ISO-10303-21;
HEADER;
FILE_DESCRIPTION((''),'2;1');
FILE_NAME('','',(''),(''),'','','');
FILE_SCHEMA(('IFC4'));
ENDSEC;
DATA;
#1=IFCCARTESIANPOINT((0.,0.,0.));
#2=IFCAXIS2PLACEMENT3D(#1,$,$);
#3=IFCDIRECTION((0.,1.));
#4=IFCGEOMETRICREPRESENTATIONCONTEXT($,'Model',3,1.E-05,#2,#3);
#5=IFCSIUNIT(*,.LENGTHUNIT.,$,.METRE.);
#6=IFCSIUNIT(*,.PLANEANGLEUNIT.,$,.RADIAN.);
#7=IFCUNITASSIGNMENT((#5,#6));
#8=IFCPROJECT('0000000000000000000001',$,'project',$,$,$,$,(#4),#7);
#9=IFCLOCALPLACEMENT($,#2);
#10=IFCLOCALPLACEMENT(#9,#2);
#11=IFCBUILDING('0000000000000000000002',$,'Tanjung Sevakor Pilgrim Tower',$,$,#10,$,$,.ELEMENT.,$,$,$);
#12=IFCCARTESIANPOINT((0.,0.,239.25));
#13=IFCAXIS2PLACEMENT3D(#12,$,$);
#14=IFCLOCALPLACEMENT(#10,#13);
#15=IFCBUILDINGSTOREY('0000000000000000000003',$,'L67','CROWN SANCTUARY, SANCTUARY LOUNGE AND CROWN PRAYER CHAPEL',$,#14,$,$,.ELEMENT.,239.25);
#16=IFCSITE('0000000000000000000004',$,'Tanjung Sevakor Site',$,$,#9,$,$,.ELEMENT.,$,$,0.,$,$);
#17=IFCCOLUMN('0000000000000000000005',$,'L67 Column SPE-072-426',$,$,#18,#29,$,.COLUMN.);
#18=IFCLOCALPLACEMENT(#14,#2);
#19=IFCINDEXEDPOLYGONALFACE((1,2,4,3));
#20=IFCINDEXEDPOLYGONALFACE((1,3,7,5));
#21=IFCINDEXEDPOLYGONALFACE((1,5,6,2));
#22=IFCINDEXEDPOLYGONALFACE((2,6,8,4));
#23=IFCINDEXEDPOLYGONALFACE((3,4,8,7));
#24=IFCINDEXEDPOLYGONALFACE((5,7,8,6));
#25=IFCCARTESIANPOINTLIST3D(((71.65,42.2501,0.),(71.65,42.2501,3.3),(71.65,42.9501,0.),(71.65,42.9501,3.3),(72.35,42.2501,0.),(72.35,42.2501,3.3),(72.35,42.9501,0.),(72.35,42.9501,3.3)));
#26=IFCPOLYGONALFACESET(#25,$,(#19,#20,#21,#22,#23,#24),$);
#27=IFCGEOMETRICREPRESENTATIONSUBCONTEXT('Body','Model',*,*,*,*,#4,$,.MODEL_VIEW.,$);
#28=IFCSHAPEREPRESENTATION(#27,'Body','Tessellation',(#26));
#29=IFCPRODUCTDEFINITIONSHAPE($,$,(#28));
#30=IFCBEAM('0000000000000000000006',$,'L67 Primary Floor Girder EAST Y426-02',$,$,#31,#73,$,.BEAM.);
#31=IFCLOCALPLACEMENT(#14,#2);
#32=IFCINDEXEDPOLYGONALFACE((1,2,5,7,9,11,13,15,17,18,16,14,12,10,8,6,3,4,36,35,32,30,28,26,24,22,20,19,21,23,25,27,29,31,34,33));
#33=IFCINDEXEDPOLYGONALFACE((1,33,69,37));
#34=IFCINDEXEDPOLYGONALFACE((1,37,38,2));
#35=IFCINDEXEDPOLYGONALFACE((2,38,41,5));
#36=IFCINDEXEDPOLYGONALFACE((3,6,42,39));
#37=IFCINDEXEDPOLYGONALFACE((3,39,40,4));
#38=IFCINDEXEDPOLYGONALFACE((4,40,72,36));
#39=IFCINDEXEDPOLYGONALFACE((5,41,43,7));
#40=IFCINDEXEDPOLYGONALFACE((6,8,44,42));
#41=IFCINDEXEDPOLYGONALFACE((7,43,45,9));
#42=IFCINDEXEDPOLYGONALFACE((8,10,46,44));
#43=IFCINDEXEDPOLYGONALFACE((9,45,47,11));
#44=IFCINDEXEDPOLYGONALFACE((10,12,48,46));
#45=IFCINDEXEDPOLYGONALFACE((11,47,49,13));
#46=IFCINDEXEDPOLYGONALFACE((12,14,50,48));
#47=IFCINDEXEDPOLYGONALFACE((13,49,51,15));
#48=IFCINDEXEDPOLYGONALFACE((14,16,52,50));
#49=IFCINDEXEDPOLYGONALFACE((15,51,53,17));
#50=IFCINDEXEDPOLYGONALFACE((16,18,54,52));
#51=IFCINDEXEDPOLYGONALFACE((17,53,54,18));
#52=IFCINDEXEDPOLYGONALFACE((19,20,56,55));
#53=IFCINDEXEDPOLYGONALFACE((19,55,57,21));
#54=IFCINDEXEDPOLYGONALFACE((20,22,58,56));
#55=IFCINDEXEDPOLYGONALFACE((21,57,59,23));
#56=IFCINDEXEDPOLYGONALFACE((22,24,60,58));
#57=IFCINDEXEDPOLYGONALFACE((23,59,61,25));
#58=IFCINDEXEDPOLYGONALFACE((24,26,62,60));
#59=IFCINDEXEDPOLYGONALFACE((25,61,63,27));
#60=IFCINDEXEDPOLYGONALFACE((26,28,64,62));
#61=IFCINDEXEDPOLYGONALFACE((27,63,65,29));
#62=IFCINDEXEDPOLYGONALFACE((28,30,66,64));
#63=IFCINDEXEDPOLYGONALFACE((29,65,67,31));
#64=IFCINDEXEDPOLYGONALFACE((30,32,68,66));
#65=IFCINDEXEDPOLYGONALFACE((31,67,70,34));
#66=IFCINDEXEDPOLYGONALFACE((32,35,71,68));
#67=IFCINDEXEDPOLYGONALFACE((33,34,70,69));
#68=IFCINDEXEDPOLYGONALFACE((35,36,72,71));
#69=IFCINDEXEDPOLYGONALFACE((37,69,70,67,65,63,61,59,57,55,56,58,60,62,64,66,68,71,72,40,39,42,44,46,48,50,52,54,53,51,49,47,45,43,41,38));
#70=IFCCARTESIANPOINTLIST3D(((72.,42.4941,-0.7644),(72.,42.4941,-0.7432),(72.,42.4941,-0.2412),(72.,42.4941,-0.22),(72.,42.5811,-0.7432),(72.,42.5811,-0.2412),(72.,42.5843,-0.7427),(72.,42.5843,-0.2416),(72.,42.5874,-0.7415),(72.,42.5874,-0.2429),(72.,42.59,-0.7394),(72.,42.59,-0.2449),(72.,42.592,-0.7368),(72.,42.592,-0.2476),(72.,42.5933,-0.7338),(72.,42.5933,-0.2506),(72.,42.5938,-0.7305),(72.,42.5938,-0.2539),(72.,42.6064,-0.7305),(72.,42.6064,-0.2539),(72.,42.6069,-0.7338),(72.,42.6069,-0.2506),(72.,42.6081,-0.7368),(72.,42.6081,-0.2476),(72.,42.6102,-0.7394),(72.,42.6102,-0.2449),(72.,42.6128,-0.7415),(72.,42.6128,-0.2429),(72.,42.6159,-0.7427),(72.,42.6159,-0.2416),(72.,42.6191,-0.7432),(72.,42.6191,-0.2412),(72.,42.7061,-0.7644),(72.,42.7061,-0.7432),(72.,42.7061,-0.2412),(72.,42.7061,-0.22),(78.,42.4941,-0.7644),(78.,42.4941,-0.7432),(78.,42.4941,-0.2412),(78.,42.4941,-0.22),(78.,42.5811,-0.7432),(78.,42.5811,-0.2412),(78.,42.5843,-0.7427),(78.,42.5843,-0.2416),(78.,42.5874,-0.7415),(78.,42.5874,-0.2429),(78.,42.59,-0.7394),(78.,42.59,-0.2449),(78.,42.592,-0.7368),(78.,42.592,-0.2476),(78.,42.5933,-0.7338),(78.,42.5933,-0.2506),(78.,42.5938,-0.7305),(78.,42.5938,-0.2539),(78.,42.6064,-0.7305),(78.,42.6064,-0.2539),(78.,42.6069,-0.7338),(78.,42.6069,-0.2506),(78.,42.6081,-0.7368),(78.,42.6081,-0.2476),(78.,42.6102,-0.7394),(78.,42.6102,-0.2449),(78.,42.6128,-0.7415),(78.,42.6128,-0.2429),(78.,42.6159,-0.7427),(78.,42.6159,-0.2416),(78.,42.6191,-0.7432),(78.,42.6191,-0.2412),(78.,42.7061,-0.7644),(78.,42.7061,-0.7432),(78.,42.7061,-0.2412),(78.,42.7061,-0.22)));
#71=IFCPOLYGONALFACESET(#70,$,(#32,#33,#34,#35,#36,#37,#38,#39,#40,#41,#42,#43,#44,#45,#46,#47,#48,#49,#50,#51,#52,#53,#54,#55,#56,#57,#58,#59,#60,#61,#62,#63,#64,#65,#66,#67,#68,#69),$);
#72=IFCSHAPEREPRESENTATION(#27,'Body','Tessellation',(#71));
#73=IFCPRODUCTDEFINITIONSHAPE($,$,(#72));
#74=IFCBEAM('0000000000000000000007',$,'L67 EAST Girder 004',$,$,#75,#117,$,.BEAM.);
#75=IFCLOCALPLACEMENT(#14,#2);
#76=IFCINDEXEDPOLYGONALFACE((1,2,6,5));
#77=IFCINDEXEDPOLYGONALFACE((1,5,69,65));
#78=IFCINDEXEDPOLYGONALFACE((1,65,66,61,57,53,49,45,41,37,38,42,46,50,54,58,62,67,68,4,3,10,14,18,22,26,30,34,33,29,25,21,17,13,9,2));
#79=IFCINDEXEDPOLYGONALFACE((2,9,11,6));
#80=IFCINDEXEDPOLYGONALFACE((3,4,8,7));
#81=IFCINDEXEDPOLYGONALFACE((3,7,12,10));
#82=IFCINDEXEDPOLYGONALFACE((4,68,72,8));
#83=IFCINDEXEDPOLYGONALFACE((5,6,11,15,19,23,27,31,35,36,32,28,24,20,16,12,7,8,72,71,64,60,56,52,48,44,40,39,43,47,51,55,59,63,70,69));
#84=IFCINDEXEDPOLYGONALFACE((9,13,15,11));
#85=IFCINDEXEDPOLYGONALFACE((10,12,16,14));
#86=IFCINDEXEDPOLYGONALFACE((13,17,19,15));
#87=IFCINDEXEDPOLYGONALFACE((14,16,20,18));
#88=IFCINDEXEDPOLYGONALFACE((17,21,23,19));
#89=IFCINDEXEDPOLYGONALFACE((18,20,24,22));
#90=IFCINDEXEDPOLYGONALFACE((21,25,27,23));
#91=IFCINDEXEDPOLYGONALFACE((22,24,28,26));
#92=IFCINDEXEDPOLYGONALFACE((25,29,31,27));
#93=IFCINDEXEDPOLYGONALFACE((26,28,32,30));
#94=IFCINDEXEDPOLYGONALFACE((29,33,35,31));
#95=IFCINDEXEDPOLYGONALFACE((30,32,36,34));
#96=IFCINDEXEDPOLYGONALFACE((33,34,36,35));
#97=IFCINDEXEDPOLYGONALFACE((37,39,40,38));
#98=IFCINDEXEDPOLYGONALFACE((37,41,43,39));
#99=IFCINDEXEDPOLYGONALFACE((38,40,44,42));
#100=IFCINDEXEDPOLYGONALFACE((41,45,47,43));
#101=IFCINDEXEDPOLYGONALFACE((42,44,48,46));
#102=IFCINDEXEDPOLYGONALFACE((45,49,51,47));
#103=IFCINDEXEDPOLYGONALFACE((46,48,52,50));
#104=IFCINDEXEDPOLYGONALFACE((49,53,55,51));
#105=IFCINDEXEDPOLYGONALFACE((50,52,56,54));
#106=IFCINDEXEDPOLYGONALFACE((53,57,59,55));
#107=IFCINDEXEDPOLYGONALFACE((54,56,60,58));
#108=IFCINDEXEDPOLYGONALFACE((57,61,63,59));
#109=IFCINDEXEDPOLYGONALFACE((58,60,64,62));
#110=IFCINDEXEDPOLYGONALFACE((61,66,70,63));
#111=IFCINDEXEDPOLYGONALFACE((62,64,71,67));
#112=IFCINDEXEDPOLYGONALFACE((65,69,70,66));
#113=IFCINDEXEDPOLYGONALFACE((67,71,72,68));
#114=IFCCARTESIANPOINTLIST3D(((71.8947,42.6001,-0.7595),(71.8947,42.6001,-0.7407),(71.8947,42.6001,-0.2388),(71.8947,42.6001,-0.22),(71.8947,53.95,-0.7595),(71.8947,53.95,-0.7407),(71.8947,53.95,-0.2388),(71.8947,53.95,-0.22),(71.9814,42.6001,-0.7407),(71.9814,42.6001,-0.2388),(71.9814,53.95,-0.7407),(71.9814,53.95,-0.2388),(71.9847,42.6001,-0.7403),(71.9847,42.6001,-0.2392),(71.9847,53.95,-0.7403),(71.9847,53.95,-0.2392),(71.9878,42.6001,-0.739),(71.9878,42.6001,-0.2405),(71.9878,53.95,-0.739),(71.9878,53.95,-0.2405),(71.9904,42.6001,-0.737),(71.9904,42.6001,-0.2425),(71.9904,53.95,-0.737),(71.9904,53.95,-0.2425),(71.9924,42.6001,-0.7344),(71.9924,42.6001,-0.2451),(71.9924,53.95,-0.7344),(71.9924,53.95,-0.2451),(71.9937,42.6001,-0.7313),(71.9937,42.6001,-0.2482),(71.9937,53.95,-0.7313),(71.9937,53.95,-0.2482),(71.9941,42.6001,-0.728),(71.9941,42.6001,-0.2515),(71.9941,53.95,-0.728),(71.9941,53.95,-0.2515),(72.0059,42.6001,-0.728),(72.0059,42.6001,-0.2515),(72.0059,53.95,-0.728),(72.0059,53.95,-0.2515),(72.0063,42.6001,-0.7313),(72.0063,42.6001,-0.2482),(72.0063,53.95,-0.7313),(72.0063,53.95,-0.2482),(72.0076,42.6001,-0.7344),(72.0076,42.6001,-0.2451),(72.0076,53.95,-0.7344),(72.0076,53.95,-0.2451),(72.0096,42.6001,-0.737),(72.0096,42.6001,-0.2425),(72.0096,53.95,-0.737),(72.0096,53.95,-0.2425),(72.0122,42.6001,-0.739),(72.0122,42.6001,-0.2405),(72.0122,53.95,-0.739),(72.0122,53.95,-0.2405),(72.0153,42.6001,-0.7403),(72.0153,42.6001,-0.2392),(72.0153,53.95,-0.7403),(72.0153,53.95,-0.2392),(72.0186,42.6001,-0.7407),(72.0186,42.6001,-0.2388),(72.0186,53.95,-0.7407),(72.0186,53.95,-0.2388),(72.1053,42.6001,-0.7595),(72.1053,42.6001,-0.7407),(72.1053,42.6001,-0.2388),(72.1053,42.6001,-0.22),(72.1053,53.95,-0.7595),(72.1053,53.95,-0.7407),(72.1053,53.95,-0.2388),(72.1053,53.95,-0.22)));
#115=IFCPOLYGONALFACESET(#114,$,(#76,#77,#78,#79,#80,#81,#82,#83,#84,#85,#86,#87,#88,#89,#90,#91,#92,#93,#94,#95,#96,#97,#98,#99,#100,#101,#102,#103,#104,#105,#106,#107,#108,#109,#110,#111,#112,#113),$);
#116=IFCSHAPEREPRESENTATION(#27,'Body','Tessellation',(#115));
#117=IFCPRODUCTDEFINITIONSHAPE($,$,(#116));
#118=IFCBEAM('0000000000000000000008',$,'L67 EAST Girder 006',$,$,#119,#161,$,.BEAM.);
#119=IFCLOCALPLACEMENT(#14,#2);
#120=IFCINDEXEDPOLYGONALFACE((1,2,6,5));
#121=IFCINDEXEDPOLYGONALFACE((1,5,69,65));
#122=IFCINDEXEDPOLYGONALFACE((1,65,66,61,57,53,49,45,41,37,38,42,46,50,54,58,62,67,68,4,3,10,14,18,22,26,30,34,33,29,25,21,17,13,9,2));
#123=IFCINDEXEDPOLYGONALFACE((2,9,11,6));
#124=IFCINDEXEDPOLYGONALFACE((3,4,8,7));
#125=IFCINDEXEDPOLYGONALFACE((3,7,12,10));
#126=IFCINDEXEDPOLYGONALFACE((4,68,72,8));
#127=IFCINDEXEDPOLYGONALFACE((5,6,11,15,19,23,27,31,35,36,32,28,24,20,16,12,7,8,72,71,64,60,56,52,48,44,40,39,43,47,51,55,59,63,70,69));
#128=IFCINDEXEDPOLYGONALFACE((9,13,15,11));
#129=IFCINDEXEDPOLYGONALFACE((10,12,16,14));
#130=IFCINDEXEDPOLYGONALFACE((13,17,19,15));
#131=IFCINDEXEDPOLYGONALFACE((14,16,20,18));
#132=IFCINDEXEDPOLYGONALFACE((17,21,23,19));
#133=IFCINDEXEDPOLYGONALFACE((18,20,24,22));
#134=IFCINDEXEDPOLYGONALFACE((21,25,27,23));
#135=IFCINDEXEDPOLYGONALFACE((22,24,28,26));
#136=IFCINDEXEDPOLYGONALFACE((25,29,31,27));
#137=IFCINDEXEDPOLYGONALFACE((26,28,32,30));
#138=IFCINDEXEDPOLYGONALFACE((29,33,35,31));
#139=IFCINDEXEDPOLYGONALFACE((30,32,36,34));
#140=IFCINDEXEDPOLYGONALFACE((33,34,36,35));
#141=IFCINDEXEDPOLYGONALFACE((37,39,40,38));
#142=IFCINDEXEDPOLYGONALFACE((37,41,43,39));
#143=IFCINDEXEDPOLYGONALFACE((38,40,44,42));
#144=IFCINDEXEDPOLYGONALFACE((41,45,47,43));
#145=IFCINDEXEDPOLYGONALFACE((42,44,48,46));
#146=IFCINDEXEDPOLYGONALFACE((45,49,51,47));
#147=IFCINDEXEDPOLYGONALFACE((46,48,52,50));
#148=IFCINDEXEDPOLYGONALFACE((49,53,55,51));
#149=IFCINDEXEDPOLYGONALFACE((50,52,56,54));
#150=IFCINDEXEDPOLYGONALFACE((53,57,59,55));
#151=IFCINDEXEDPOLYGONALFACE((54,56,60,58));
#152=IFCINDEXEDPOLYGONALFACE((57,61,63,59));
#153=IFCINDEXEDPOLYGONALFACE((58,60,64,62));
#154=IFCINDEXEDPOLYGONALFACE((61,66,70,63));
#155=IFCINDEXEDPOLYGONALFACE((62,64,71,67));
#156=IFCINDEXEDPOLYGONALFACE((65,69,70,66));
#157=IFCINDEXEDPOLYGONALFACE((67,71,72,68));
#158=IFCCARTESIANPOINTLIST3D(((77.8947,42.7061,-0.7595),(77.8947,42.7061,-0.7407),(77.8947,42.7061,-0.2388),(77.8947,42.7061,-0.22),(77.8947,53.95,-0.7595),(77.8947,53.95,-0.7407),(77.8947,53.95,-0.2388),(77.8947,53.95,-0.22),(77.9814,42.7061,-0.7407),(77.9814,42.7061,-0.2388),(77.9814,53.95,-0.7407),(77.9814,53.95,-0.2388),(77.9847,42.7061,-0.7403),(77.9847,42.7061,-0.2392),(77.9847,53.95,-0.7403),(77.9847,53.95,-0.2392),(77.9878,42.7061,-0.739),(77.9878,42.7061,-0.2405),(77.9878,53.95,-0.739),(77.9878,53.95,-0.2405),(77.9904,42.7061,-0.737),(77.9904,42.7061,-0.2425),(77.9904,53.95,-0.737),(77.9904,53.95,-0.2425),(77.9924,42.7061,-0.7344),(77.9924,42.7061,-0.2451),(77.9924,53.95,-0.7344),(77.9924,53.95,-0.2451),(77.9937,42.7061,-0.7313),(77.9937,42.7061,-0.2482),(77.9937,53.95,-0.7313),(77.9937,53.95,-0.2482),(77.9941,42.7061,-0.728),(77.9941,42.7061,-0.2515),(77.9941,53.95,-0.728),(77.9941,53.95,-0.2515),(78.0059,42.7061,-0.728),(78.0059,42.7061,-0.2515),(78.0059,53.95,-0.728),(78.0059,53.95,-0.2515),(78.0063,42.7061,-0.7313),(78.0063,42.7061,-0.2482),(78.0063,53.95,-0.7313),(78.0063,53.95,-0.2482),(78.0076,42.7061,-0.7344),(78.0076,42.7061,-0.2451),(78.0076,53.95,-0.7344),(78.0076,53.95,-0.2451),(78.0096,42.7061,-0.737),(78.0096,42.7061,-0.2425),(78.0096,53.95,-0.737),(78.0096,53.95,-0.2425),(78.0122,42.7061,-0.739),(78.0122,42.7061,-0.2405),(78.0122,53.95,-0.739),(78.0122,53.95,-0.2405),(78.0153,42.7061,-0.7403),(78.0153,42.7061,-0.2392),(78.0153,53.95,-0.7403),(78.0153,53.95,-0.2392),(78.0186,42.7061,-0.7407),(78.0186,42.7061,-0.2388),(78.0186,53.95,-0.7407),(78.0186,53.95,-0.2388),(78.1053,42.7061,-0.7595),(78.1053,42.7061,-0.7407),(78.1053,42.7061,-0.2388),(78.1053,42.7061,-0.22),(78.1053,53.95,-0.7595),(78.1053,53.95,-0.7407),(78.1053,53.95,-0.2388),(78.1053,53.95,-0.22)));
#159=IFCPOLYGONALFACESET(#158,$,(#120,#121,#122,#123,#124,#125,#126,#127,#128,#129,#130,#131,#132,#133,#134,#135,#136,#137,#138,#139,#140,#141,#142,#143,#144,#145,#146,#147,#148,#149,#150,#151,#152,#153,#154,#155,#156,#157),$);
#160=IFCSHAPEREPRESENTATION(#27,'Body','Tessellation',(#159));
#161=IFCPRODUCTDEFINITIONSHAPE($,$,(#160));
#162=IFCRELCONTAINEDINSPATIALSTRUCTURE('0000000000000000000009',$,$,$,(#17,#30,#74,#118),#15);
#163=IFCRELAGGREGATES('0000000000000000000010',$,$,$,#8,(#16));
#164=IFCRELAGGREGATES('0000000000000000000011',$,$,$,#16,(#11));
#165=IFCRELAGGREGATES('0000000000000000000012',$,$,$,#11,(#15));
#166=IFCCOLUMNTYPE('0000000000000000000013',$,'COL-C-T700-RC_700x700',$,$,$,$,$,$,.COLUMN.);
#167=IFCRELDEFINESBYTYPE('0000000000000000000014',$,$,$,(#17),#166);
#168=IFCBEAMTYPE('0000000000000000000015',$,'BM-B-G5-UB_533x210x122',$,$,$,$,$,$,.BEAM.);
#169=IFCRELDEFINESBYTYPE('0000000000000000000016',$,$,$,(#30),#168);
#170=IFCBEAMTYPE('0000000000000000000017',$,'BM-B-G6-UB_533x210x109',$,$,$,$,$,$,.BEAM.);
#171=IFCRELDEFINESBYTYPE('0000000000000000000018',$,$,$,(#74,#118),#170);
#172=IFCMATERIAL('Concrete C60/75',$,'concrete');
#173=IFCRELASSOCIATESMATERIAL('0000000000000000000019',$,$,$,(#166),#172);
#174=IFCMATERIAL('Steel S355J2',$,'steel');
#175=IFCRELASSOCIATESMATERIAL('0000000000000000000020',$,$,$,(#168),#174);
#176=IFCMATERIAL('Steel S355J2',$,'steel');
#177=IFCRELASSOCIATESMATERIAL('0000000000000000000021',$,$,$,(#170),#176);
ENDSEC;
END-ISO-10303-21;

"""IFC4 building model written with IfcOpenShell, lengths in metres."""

from ifc_helpers import new_model, si_unit, direction, frame, origin, origin_2d, place, context, subcontext, project, spatial, rectangle, i_section, extrude, material, material_profile, profile_set, type_object, element, save


model = new_model("IFC4")

# Units and contexts
model_context = context("Model", 3, precision=1e-05, world=origin(), true_north=direction((0.0, 1.0)))
body_context = subcontext(model_context, "Body", "Model", "MODEL_VIEW")
ifc_project = project(units=[si_unit("LENGTHUNIT", "METRE"), si_unit("PLANEANGLEUNIT", "RADIAN")], contexts=[model_context])

# Site, building, storey
site_placement = place(None, origin())
site = spatial("IfcSite", under=ifc_project, at=site_placement, Name="Tanjung Sevakor Site", CompositionType="ELEMENT", RefElevation=0.0)
building_placement = place(site_placement, origin())
building = spatial("IfcBuilding", under=site, at=building_placement, Name="Tanjung Sevakor Pilgrim Tower", CompositionType="ELEMENT")
storey_placement = place(building_placement, frame((0.0, 0.0, 239.25)))
storey = spatial("IfcBuildingStorey", under=building, at=storey_placement, Name="L67", Description="CROWN SANCTUARY, SANCTUARY LOUNGE AND CROWN PRAYER CHAPEL", CompositionType="ELEMENT", Elevation=239.25)

# Column
ifc_material_1 = material(Name="Concrete C60/75", Category="concrete")
ifc_material_profile_1 = material_profile(ifc_material_1, rectangle(XDim=0.7, YDim=0.7, at=origin_2d()))
ifc_profile_set_1 = profile_set([ifc_material_profile_1], Name="Concrete C60/75")
column_type = type_object("IfcColumnType", Name="COL-C-T700-RC_700x700", PredefinedType="COLUMN", material=ifc_profile_set_1)
column_placement = place(storey_placement, frame((72.0, 42.6001, 0.0), z_axis=(0.0, 0.0, 1.0), x_axis=(1.0, 0.0, 0.0)))
element("IfcColumn", 1, at=column_placement, inside=storey, type_object=column_type, Name="L67 Column SPE-072-426", PredefinedType="COLUMN", context=body_context, shape_type="SweptSolid", body=[
    extrude(rectangle(XDim=0.7, YDim=0.7, at=origin_2d()), origin(), (0.0, 0.0, 1.0), 3.3),
])

# Beams
ifc_material_2 = material(Name="Steel S355J2", Category="steel")
ifc_material_profile_2 = material_profile(ifc_material_2, i_section(OverallWidth=0.2119, OverallDepth=0.5444, WebThickness=0.0127, FlangeThickness=0.0212, FilletRadius=0.0127, at=origin_2d()))
ifc_profile_set_2 = profile_set([ifc_material_profile_2], Name="Steel S355J2")
beam_type_1 = type_object("IfcBeamType", Name="BM-B-G5-UB_533x210x122", PredefinedType="BEAM", material=ifc_profile_set_2)
beam_1_placement = place(storey_placement, frame((72.0, 42.6001, -0.4922), z_axis=(1.0, 0.0, 0.0), x_axis=(0.0, 1.0, 0.0)))
element("IfcBeam", 2, at=beam_1_placement, inside=storey, type_object=beam_type_1, Name="L67 Primary Floor Girder EAST Y426-02", PredefinedType="BEAM", context=body_context, shape_type="SweptSolid", body=[
    extrude(i_section(OverallWidth=0.2119, OverallDepth=0.5444, WebThickness=0.0127, FlangeThickness=0.0212, FilletRadius=0.0127, at=origin_2d()), origin(), (0.0, 0.0, 1.0), 6.0),
])
ifc_material_3 = material(Name="Steel S355J2", Category="steel")
ifc_material_profile_3 = material_profile(ifc_material_3, i_section(OverallWidth=0.2107, OverallDepth=0.5396, WebThickness=0.0117, FlangeThickness=0.0188, FilletRadius=0.0127, at=origin_2d()))
ifc_profile_set_3 = profile_set([ifc_material_profile_3], Name="Steel S355J2")
beam_type_2 = type_object("IfcBeamType", Name="BM-B-G6-UB_533x210x109", PredefinedType="BEAM", material=ifc_profile_set_3)
beam_2_placement = place(storey_placement, frame((72.0, 42.6001, -0.4897), z_axis=(0.0, 1.0, 0.0), x_axis=(-1.0, 0.0, 0.0)))
element("IfcBeam", 3, at=beam_2_placement, inside=storey, type_object=beam_type_2, Name="L67 EAST Girder 004", PredefinedType="BEAM", context=body_context, shape_type="SweptSolid", body=[
    extrude(i_section(OverallWidth=0.2107, OverallDepth=0.5396, WebThickness=0.0117, FlangeThickness=0.0188, FilletRadius=0.0127, at=origin_2d()), origin(), (0.0, 0.0, 1.0), 11.3499),
])
for number, where, z_axis, x_axis, name in (
    (4, (78.0, 42.7061, -0.4897), (0.0, 1.0, 0.0), (-1.0, 0.0, 0.0), "L67 EAST Girder 006"),
):
    element("IfcBeam", number, at=place(storey_placement, frame(where, z_axis=z_axis, x_axis=x_axis)), inside=storey, type_object=beam_type_2, Name=name, PredefinedType="BEAM", context=body_context, shape_type="SweptSolid", body=[
        extrude(i_section(OverallWidth=0.2107, OverallDepth=0.5396, WebThickness=0.0117, FlangeThickness=0.0188, FilletRadius=0.0127, at=origin_2d()), origin(), (0.0, 0.0, 1.0), 11.2439),
    ])

save(model, "model.ifc")
